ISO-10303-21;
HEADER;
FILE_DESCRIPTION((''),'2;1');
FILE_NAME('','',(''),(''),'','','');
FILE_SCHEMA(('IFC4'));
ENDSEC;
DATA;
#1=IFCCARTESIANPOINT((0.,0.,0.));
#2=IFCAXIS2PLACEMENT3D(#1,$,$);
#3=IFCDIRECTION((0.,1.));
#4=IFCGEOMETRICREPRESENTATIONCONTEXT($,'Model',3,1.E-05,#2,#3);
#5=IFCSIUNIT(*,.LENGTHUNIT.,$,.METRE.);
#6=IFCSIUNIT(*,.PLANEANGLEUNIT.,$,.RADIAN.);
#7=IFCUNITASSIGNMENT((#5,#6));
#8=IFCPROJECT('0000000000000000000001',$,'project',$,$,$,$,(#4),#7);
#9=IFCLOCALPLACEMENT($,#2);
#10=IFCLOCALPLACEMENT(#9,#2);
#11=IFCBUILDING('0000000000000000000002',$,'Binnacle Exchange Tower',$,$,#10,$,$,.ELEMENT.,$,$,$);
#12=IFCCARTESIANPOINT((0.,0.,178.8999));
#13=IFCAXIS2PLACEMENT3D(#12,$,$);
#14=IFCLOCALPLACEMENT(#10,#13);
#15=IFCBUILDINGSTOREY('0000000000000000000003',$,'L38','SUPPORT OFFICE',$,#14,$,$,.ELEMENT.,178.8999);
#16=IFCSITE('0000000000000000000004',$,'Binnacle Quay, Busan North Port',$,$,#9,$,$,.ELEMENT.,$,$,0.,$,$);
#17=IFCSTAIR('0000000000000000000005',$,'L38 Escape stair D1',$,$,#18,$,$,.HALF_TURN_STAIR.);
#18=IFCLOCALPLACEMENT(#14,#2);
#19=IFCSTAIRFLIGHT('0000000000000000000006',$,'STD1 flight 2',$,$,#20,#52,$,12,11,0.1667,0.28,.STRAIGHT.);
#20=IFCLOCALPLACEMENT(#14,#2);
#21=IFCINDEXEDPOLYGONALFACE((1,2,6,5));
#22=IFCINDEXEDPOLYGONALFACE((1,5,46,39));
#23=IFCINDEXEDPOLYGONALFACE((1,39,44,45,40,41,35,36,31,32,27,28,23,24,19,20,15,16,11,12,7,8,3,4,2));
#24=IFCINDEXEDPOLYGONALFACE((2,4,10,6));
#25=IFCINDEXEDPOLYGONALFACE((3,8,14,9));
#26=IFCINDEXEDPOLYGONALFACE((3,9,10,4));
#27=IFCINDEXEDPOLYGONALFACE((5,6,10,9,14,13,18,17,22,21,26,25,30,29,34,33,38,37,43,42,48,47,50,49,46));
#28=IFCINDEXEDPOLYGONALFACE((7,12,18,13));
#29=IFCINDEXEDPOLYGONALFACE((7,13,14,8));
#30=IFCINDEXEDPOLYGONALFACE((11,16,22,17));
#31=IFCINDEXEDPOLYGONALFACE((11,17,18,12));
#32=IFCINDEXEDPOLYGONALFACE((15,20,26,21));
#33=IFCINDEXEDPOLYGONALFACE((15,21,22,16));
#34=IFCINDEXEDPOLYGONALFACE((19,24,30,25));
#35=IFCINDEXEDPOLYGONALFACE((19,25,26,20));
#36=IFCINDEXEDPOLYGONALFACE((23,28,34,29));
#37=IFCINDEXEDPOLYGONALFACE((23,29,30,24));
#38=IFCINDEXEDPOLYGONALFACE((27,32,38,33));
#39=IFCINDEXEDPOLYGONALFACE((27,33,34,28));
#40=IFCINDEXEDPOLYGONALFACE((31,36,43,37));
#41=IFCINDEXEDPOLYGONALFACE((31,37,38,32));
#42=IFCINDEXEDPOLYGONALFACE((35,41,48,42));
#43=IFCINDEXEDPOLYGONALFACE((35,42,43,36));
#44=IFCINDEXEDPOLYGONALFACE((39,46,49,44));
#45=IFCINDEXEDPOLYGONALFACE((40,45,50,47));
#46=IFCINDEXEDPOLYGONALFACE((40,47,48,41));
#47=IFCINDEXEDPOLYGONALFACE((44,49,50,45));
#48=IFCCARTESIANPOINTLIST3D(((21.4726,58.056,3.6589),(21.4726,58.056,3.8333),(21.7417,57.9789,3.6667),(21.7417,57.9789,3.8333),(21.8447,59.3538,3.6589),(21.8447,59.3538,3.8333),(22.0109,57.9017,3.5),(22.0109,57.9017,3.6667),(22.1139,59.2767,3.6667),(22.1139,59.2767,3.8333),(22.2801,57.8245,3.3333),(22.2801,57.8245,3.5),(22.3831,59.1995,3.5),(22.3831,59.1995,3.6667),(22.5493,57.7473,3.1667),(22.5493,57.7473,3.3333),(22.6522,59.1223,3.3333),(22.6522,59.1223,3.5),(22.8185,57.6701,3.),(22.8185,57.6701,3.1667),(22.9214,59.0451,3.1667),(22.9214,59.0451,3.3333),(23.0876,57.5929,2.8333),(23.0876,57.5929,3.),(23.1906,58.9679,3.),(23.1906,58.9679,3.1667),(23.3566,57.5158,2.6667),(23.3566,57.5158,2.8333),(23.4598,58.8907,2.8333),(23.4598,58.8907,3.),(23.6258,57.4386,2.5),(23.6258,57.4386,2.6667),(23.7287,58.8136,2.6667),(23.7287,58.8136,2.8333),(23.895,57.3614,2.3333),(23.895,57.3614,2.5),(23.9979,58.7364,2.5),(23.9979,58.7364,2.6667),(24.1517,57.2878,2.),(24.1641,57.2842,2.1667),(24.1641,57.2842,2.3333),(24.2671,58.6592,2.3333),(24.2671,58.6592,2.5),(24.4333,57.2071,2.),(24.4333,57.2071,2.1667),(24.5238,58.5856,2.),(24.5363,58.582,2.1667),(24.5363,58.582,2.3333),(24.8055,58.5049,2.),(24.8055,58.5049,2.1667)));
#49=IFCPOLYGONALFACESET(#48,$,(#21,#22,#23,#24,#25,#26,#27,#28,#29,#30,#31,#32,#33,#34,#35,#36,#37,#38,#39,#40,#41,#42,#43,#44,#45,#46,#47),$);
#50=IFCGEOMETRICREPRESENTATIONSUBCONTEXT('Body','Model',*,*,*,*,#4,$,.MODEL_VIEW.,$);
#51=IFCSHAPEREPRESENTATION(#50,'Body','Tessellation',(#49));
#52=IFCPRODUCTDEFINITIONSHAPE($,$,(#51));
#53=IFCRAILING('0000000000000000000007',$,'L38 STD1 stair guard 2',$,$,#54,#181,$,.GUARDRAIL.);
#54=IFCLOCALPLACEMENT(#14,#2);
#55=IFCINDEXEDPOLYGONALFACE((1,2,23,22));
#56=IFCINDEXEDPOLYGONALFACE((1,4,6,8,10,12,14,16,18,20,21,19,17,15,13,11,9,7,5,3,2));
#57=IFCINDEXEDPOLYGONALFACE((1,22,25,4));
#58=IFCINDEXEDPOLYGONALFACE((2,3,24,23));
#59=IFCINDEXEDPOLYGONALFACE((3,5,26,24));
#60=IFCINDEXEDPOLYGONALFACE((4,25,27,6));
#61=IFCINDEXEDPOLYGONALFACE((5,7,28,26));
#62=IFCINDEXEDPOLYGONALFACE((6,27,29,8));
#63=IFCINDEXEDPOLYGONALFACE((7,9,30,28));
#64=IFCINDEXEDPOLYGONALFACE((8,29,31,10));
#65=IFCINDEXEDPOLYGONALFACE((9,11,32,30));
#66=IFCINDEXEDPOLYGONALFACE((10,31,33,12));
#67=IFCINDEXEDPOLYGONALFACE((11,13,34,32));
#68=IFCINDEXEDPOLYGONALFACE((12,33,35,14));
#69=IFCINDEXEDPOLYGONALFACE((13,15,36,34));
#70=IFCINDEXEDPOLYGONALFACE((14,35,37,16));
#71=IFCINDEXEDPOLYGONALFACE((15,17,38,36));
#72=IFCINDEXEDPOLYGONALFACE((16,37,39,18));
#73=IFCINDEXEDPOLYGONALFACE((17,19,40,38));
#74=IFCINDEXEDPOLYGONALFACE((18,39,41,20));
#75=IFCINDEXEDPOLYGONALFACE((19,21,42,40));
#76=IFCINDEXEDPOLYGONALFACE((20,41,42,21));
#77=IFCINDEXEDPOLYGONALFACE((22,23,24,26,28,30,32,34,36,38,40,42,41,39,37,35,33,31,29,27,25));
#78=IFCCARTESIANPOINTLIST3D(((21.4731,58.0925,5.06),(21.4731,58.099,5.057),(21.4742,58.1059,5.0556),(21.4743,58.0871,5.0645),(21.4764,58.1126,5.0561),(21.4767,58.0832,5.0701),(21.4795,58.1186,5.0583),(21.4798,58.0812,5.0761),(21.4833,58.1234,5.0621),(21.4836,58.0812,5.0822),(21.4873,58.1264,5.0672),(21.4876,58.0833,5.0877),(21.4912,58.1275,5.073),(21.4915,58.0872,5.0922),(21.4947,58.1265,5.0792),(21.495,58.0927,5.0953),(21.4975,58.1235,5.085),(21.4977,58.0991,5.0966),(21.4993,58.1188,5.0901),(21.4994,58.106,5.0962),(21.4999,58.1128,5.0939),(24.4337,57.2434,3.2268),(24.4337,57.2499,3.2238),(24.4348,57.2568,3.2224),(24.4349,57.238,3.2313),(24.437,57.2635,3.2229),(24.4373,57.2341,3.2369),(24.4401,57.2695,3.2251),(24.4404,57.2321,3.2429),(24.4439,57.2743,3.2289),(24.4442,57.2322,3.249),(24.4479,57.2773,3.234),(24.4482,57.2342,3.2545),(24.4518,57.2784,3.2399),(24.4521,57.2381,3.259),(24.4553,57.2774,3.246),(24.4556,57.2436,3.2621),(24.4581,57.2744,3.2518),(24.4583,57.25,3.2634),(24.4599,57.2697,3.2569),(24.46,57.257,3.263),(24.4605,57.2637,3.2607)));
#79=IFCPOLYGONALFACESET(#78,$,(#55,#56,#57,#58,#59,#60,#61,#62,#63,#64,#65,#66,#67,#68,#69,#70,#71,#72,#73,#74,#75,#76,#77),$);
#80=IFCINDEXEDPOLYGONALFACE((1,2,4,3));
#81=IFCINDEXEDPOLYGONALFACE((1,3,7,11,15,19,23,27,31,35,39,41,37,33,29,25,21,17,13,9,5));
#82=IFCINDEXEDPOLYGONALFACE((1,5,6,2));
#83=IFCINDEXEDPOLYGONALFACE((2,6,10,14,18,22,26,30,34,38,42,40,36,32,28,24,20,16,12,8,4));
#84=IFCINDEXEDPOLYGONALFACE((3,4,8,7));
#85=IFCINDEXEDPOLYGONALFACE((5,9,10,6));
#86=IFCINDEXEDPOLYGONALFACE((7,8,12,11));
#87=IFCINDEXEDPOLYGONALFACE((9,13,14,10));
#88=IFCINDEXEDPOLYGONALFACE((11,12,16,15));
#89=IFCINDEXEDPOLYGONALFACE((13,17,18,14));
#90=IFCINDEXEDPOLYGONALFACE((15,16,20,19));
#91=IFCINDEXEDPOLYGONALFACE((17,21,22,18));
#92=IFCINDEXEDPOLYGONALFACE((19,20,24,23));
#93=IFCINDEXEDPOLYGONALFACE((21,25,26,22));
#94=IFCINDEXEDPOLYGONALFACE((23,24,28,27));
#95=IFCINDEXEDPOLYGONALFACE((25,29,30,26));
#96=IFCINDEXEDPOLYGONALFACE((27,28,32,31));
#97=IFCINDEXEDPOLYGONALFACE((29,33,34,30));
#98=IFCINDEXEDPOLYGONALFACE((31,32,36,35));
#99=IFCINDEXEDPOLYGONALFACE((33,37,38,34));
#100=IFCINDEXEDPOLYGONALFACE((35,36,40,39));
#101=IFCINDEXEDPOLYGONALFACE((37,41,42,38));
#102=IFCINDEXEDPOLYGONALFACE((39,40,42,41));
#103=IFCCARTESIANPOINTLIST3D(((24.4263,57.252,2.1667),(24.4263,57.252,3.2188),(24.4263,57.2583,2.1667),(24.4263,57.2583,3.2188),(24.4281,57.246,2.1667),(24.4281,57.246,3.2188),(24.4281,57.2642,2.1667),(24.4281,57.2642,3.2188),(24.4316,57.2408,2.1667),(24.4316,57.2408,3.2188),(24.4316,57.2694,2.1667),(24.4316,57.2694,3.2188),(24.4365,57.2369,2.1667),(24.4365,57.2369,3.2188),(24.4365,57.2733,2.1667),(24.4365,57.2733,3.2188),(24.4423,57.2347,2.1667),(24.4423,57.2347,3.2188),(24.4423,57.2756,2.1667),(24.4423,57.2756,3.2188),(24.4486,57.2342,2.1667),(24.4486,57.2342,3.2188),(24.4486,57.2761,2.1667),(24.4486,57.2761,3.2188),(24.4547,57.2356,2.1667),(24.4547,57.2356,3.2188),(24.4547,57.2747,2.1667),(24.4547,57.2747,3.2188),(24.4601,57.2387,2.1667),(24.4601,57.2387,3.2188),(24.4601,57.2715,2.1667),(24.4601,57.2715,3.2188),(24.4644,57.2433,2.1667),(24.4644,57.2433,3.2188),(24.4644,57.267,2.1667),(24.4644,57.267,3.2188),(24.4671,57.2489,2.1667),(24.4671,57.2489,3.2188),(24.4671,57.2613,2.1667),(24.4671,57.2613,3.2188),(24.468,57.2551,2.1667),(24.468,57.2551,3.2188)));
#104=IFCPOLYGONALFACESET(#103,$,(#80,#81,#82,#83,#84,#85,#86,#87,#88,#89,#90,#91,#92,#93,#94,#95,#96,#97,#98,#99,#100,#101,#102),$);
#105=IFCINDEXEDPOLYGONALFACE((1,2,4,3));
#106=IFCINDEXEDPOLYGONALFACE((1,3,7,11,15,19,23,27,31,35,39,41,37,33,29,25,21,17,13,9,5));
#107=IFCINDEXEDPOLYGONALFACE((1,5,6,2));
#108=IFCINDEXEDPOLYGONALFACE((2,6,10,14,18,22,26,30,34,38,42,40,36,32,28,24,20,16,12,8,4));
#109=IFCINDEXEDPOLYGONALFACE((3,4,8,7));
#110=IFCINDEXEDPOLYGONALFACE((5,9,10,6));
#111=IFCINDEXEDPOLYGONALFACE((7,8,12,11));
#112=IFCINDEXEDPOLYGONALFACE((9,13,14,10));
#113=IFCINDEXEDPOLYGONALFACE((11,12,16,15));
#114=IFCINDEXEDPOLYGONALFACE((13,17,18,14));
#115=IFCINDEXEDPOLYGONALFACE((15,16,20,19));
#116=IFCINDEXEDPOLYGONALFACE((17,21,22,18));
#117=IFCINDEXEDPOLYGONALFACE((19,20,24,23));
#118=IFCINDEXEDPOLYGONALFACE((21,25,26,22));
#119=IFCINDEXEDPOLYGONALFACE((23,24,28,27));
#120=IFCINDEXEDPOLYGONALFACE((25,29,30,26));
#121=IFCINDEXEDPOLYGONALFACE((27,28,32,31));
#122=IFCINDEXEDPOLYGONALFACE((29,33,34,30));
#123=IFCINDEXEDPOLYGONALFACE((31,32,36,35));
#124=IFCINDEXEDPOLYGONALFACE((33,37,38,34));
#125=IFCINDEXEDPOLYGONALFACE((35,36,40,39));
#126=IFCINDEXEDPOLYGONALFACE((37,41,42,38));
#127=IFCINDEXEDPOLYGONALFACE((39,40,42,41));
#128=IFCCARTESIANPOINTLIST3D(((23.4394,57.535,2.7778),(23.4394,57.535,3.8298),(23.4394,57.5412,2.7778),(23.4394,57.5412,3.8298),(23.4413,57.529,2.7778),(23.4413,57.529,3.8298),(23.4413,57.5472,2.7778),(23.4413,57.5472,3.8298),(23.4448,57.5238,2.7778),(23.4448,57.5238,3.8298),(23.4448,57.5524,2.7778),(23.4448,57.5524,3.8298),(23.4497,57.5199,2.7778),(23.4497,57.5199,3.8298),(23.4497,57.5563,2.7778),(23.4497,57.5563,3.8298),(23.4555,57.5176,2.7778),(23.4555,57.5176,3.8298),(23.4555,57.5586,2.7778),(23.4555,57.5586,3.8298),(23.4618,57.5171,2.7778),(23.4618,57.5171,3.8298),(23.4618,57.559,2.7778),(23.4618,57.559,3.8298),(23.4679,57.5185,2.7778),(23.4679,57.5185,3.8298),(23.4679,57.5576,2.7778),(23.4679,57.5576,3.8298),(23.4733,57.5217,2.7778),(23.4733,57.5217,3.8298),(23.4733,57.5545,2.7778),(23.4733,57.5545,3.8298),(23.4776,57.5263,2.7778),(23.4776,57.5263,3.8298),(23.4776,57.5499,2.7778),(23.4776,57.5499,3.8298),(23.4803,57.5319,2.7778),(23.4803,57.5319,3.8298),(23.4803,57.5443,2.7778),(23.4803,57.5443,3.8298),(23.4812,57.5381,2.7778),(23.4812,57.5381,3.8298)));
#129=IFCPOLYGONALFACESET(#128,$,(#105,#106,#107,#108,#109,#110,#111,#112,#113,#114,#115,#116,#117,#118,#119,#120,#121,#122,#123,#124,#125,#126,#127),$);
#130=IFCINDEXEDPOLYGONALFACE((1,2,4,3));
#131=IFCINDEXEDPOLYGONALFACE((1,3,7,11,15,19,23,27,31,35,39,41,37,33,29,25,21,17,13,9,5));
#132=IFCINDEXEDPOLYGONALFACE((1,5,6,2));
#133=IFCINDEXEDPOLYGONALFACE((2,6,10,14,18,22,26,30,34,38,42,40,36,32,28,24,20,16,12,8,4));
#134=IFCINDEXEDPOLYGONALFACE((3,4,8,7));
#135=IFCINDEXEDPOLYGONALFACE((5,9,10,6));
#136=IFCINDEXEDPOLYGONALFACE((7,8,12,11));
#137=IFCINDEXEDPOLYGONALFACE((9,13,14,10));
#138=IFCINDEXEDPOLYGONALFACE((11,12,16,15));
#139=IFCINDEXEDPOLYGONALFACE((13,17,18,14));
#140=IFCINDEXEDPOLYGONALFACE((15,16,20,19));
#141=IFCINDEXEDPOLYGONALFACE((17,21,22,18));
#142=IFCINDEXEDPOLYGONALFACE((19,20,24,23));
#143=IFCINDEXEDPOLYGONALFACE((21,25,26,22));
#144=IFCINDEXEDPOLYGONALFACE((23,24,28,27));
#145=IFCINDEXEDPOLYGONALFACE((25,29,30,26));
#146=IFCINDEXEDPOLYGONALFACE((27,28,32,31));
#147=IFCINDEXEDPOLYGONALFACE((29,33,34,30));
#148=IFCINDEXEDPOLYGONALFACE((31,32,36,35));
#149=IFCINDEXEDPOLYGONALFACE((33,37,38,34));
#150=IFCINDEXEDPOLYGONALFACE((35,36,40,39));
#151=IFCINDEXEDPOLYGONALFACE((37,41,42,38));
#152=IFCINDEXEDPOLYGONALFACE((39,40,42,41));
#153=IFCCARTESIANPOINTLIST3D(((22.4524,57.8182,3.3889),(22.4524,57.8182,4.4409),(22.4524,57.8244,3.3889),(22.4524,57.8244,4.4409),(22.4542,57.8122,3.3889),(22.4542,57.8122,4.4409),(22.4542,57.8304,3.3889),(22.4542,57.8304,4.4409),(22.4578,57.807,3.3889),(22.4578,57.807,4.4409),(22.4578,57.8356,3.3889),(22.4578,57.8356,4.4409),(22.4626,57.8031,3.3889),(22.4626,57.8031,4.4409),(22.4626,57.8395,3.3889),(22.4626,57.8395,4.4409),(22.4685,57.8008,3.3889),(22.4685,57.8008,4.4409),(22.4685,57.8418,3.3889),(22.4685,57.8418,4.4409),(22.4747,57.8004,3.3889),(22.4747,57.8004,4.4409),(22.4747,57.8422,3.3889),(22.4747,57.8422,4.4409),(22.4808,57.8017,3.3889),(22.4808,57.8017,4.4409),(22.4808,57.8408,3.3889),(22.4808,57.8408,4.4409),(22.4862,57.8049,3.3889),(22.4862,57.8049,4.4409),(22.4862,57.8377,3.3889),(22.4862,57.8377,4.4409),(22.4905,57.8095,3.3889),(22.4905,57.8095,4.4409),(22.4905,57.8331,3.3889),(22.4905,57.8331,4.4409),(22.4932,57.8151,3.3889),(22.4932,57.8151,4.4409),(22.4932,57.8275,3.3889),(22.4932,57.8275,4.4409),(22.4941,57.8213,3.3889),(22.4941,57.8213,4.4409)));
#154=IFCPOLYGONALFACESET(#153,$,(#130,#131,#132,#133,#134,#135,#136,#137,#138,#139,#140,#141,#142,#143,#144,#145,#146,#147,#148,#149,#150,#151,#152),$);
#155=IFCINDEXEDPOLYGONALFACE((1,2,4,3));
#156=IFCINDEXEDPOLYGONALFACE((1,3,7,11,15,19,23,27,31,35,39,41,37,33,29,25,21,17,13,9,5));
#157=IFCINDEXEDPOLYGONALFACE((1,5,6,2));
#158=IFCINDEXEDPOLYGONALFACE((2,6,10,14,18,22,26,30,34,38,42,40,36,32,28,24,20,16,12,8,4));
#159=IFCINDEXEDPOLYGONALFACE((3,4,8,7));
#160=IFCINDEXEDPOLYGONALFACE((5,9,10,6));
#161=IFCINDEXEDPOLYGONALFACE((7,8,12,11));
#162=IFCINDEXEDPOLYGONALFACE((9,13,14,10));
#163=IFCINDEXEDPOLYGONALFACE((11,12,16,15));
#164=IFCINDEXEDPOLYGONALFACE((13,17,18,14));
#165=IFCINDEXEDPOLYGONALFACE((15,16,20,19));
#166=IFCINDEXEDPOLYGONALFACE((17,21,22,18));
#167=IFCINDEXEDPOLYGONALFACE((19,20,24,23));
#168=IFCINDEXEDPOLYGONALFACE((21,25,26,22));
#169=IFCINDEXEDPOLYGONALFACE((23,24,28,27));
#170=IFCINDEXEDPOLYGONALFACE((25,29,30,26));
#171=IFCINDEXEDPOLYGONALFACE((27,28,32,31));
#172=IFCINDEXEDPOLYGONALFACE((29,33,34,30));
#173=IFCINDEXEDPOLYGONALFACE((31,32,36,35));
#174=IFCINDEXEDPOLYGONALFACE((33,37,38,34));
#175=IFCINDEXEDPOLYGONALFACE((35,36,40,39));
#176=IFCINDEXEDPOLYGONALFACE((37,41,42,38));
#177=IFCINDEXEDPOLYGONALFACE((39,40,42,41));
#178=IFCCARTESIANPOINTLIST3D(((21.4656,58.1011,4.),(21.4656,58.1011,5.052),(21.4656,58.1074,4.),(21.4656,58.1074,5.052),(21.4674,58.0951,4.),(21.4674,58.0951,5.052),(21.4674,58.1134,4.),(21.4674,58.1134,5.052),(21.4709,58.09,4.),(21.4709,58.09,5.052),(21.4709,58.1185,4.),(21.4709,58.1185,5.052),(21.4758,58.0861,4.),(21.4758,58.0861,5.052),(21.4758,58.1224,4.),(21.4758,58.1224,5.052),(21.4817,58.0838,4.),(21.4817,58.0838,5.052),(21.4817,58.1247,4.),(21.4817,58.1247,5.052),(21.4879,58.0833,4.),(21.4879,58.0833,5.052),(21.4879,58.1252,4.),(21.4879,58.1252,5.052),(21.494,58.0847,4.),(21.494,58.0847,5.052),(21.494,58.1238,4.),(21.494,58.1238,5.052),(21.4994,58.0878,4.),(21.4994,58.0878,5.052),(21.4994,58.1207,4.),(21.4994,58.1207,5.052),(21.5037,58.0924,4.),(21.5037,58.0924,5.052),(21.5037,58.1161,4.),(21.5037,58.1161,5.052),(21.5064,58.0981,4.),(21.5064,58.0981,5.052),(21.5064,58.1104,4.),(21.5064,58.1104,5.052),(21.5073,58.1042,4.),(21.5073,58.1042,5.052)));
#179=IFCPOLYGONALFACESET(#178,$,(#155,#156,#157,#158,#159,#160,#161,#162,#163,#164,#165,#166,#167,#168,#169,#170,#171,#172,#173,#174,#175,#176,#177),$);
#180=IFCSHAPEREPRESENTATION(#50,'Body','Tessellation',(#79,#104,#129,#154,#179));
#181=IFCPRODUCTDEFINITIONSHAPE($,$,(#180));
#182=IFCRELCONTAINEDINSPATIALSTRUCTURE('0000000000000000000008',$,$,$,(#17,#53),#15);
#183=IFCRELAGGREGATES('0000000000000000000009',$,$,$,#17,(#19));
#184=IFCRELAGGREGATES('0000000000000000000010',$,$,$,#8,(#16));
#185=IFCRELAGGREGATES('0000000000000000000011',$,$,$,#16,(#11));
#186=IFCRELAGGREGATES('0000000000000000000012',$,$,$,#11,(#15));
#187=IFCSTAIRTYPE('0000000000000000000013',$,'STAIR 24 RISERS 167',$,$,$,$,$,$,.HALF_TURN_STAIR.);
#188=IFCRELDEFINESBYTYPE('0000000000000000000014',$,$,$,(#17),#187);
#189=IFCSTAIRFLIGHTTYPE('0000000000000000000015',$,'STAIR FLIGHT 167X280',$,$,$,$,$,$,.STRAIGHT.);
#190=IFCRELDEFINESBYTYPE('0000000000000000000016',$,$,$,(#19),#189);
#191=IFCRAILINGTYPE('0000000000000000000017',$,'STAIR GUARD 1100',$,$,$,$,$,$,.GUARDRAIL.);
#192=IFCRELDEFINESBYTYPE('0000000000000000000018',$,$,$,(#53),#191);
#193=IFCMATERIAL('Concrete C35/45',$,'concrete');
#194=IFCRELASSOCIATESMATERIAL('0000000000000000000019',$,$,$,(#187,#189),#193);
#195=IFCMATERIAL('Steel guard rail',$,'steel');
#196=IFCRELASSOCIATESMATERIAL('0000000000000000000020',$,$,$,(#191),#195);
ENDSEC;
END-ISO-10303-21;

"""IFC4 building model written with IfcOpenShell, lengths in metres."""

from ifc_helpers import new_model, si_unit, direction, frame, origin, origin_2d, place, context, subcontext, project, spatial, polyline, circle, outline, extrude, material, type_object, element, aggregate, save


model = new_model("IFC4")

# Units and contexts
model_context = context("Model", 3, precision=1e-05, world=origin(), true_north=direction((0.0, 1.0)))
body_context = subcontext(model_context, "Body", "Model", "MODEL_VIEW")
ifc_project = project(units=[si_unit("LENGTHUNIT", "METRE"), si_unit("PLANEANGLEUNIT", "RADIAN")], contexts=[model_context])

# Site, building, storey
site_placement = place(None, origin())
site = spatial("IfcSite", under=ifc_project, at=site_placement, Name="Binnacle Quay, Busan North Port", CompositionType="ELEMENT", RefElevation=0.0)
building_placement = place(site_placement, origin())
building = spatial("IfcBuilding", under=site, at=building_placement, Name="Binnacle Exchange Tower", CompositionType="ELEMENT")
storey_placement = place(building_placement, frame((0.0, 0.0, 178.8999)))
storey = spatial("IfcBuildingStorey", under=building, at=storey_placement, Name="L38", Description="SUPPORT OFFICE", CompositionType="ELEMENT", Elevation=178.8999)

# Stair, stair flight
ifc_material_1 = material(Name="Concrete C35/45", Category="concrete")
stair_type = type_object("IfcStairType", Name="STAIR 24 RISERS 167", PredefinedType="HALF_TURN_STAIR", material=ifc_material_1)
stair_placement = place(storey_placement, origin())
stair = element("IfcStair", 1, at=stair_placement, inside=storey, type_object=stair_type, Name="L38 Escape stair D1", PredefinedType="HALF_TURN_STAIR")
stair_flight_type = type_object("IfcStairFlightType", Name="STAIR FLIGHT 167X280", PredefinedType="STRAIGHT", material=ifc_material_1)
stair_flight_placement = place(storey_placement, frame((24.6194, 57.856, 2.0), z_axis=(0.0, 0.0, 1.0), x_axis=(-0.961262, 0.275637, 0.0)))
stair_flight = element("IfcStairFlight", 2, at=stair_flight_placement, type_object=stair_flight_type, Name="STD1 flight 2", NumberOfRisers=12, NumberOfTreads=11, PredefinedType="STRAIGHT", RiserHeight=0.1667, TreadLength=0.28, context=body_context, shape_type="SweptSolid", body=[
    extrude(outline(polyline([(0.0, 0.0), (0.0, 0.1667), (0.28, 0.1667), (0.28, 0.3333), (0.5601, 0.3333), (0.5601, 0.5), (0.8401, 0.5), (0.8401, 0.6667), (1.1201, 0.6667), (1.1201, 0.8333), (1.3999, 0.8333), (1.3999, 1.0), (1.6799, 1.0), (1.6799, 1.1667), (1.96, 1.1667), (1.96, 1.3333), (2.24, 1.3333), (2.24, 1.5), (2.52, 1.5), (2.52, 1.6667), (2.8, 1.6667), (2.8, 1.8333), (3.0801, 1.8333), (3.0801, 2.0), (3.0801, 1.6589), (0.293, 0.0), (0.0, 0.0)])), frame((0.0, 0.675, 0.0), z_axis=(0.0, -1.0, 0.0), x_axis=(1.0, 0.0, 0.0)), (0.0, 0.0, 1.0), 1.3501),
])
aggregate(stair, [stair_flight])

# Railing
ifc_material_2 = material(Name="Steel guard rail", Category="steel")
railing_type = type_object("IfcRailingType", Name="STAIR GUARD 1100", PredefinedType="GUARDRAIL", material=ifc_material_2)
railing_placement = place(storey_placement, frame((24.447, 57.2551, 2.1667)))
element("IfcRailing", 3, at=railing_placement, inside=storey, type_object=railing_type, Name="L38 STD1 stair guard 2", PredefinedType="GUARDRAIL", context=body_context, shape_type="SweptSolid", body=[
    extrude(circle(Radius=0.0239, at=origin_2d()), frame((0.0, 0.0, 1.0762), z_axis=(-0.826007, 0.236897, 0.511461), x_axis=(-0.275684, -0.961248, 0.0)), (0.0, 0.0, 1.0), 3.5842),
    extrude(circle(Radius=0.021, at=origin_2d()), origin(), (0.0, 0.0, 1.0), 1.052),
    extrude(circle(Radius=0.021, at=origin_2d()), frame((-0.9868, 0.283, 0.6111)), (0.0, 0.0, 1.0), 1.052),
    extrude(circle(Radius=0.021, at=origin_2d()), frame((-1.9739, 0.5662, 1.2222)), (0.0, 0.0, 1.0), 1.052),
    extrude(circle(Radius=0.021, at=origin_2d()), frame((-2.9607, 0.8491, 1.8333)), (0.0, 0.0, 1.0), 1.052),
])

save(model, "model.ifc")
